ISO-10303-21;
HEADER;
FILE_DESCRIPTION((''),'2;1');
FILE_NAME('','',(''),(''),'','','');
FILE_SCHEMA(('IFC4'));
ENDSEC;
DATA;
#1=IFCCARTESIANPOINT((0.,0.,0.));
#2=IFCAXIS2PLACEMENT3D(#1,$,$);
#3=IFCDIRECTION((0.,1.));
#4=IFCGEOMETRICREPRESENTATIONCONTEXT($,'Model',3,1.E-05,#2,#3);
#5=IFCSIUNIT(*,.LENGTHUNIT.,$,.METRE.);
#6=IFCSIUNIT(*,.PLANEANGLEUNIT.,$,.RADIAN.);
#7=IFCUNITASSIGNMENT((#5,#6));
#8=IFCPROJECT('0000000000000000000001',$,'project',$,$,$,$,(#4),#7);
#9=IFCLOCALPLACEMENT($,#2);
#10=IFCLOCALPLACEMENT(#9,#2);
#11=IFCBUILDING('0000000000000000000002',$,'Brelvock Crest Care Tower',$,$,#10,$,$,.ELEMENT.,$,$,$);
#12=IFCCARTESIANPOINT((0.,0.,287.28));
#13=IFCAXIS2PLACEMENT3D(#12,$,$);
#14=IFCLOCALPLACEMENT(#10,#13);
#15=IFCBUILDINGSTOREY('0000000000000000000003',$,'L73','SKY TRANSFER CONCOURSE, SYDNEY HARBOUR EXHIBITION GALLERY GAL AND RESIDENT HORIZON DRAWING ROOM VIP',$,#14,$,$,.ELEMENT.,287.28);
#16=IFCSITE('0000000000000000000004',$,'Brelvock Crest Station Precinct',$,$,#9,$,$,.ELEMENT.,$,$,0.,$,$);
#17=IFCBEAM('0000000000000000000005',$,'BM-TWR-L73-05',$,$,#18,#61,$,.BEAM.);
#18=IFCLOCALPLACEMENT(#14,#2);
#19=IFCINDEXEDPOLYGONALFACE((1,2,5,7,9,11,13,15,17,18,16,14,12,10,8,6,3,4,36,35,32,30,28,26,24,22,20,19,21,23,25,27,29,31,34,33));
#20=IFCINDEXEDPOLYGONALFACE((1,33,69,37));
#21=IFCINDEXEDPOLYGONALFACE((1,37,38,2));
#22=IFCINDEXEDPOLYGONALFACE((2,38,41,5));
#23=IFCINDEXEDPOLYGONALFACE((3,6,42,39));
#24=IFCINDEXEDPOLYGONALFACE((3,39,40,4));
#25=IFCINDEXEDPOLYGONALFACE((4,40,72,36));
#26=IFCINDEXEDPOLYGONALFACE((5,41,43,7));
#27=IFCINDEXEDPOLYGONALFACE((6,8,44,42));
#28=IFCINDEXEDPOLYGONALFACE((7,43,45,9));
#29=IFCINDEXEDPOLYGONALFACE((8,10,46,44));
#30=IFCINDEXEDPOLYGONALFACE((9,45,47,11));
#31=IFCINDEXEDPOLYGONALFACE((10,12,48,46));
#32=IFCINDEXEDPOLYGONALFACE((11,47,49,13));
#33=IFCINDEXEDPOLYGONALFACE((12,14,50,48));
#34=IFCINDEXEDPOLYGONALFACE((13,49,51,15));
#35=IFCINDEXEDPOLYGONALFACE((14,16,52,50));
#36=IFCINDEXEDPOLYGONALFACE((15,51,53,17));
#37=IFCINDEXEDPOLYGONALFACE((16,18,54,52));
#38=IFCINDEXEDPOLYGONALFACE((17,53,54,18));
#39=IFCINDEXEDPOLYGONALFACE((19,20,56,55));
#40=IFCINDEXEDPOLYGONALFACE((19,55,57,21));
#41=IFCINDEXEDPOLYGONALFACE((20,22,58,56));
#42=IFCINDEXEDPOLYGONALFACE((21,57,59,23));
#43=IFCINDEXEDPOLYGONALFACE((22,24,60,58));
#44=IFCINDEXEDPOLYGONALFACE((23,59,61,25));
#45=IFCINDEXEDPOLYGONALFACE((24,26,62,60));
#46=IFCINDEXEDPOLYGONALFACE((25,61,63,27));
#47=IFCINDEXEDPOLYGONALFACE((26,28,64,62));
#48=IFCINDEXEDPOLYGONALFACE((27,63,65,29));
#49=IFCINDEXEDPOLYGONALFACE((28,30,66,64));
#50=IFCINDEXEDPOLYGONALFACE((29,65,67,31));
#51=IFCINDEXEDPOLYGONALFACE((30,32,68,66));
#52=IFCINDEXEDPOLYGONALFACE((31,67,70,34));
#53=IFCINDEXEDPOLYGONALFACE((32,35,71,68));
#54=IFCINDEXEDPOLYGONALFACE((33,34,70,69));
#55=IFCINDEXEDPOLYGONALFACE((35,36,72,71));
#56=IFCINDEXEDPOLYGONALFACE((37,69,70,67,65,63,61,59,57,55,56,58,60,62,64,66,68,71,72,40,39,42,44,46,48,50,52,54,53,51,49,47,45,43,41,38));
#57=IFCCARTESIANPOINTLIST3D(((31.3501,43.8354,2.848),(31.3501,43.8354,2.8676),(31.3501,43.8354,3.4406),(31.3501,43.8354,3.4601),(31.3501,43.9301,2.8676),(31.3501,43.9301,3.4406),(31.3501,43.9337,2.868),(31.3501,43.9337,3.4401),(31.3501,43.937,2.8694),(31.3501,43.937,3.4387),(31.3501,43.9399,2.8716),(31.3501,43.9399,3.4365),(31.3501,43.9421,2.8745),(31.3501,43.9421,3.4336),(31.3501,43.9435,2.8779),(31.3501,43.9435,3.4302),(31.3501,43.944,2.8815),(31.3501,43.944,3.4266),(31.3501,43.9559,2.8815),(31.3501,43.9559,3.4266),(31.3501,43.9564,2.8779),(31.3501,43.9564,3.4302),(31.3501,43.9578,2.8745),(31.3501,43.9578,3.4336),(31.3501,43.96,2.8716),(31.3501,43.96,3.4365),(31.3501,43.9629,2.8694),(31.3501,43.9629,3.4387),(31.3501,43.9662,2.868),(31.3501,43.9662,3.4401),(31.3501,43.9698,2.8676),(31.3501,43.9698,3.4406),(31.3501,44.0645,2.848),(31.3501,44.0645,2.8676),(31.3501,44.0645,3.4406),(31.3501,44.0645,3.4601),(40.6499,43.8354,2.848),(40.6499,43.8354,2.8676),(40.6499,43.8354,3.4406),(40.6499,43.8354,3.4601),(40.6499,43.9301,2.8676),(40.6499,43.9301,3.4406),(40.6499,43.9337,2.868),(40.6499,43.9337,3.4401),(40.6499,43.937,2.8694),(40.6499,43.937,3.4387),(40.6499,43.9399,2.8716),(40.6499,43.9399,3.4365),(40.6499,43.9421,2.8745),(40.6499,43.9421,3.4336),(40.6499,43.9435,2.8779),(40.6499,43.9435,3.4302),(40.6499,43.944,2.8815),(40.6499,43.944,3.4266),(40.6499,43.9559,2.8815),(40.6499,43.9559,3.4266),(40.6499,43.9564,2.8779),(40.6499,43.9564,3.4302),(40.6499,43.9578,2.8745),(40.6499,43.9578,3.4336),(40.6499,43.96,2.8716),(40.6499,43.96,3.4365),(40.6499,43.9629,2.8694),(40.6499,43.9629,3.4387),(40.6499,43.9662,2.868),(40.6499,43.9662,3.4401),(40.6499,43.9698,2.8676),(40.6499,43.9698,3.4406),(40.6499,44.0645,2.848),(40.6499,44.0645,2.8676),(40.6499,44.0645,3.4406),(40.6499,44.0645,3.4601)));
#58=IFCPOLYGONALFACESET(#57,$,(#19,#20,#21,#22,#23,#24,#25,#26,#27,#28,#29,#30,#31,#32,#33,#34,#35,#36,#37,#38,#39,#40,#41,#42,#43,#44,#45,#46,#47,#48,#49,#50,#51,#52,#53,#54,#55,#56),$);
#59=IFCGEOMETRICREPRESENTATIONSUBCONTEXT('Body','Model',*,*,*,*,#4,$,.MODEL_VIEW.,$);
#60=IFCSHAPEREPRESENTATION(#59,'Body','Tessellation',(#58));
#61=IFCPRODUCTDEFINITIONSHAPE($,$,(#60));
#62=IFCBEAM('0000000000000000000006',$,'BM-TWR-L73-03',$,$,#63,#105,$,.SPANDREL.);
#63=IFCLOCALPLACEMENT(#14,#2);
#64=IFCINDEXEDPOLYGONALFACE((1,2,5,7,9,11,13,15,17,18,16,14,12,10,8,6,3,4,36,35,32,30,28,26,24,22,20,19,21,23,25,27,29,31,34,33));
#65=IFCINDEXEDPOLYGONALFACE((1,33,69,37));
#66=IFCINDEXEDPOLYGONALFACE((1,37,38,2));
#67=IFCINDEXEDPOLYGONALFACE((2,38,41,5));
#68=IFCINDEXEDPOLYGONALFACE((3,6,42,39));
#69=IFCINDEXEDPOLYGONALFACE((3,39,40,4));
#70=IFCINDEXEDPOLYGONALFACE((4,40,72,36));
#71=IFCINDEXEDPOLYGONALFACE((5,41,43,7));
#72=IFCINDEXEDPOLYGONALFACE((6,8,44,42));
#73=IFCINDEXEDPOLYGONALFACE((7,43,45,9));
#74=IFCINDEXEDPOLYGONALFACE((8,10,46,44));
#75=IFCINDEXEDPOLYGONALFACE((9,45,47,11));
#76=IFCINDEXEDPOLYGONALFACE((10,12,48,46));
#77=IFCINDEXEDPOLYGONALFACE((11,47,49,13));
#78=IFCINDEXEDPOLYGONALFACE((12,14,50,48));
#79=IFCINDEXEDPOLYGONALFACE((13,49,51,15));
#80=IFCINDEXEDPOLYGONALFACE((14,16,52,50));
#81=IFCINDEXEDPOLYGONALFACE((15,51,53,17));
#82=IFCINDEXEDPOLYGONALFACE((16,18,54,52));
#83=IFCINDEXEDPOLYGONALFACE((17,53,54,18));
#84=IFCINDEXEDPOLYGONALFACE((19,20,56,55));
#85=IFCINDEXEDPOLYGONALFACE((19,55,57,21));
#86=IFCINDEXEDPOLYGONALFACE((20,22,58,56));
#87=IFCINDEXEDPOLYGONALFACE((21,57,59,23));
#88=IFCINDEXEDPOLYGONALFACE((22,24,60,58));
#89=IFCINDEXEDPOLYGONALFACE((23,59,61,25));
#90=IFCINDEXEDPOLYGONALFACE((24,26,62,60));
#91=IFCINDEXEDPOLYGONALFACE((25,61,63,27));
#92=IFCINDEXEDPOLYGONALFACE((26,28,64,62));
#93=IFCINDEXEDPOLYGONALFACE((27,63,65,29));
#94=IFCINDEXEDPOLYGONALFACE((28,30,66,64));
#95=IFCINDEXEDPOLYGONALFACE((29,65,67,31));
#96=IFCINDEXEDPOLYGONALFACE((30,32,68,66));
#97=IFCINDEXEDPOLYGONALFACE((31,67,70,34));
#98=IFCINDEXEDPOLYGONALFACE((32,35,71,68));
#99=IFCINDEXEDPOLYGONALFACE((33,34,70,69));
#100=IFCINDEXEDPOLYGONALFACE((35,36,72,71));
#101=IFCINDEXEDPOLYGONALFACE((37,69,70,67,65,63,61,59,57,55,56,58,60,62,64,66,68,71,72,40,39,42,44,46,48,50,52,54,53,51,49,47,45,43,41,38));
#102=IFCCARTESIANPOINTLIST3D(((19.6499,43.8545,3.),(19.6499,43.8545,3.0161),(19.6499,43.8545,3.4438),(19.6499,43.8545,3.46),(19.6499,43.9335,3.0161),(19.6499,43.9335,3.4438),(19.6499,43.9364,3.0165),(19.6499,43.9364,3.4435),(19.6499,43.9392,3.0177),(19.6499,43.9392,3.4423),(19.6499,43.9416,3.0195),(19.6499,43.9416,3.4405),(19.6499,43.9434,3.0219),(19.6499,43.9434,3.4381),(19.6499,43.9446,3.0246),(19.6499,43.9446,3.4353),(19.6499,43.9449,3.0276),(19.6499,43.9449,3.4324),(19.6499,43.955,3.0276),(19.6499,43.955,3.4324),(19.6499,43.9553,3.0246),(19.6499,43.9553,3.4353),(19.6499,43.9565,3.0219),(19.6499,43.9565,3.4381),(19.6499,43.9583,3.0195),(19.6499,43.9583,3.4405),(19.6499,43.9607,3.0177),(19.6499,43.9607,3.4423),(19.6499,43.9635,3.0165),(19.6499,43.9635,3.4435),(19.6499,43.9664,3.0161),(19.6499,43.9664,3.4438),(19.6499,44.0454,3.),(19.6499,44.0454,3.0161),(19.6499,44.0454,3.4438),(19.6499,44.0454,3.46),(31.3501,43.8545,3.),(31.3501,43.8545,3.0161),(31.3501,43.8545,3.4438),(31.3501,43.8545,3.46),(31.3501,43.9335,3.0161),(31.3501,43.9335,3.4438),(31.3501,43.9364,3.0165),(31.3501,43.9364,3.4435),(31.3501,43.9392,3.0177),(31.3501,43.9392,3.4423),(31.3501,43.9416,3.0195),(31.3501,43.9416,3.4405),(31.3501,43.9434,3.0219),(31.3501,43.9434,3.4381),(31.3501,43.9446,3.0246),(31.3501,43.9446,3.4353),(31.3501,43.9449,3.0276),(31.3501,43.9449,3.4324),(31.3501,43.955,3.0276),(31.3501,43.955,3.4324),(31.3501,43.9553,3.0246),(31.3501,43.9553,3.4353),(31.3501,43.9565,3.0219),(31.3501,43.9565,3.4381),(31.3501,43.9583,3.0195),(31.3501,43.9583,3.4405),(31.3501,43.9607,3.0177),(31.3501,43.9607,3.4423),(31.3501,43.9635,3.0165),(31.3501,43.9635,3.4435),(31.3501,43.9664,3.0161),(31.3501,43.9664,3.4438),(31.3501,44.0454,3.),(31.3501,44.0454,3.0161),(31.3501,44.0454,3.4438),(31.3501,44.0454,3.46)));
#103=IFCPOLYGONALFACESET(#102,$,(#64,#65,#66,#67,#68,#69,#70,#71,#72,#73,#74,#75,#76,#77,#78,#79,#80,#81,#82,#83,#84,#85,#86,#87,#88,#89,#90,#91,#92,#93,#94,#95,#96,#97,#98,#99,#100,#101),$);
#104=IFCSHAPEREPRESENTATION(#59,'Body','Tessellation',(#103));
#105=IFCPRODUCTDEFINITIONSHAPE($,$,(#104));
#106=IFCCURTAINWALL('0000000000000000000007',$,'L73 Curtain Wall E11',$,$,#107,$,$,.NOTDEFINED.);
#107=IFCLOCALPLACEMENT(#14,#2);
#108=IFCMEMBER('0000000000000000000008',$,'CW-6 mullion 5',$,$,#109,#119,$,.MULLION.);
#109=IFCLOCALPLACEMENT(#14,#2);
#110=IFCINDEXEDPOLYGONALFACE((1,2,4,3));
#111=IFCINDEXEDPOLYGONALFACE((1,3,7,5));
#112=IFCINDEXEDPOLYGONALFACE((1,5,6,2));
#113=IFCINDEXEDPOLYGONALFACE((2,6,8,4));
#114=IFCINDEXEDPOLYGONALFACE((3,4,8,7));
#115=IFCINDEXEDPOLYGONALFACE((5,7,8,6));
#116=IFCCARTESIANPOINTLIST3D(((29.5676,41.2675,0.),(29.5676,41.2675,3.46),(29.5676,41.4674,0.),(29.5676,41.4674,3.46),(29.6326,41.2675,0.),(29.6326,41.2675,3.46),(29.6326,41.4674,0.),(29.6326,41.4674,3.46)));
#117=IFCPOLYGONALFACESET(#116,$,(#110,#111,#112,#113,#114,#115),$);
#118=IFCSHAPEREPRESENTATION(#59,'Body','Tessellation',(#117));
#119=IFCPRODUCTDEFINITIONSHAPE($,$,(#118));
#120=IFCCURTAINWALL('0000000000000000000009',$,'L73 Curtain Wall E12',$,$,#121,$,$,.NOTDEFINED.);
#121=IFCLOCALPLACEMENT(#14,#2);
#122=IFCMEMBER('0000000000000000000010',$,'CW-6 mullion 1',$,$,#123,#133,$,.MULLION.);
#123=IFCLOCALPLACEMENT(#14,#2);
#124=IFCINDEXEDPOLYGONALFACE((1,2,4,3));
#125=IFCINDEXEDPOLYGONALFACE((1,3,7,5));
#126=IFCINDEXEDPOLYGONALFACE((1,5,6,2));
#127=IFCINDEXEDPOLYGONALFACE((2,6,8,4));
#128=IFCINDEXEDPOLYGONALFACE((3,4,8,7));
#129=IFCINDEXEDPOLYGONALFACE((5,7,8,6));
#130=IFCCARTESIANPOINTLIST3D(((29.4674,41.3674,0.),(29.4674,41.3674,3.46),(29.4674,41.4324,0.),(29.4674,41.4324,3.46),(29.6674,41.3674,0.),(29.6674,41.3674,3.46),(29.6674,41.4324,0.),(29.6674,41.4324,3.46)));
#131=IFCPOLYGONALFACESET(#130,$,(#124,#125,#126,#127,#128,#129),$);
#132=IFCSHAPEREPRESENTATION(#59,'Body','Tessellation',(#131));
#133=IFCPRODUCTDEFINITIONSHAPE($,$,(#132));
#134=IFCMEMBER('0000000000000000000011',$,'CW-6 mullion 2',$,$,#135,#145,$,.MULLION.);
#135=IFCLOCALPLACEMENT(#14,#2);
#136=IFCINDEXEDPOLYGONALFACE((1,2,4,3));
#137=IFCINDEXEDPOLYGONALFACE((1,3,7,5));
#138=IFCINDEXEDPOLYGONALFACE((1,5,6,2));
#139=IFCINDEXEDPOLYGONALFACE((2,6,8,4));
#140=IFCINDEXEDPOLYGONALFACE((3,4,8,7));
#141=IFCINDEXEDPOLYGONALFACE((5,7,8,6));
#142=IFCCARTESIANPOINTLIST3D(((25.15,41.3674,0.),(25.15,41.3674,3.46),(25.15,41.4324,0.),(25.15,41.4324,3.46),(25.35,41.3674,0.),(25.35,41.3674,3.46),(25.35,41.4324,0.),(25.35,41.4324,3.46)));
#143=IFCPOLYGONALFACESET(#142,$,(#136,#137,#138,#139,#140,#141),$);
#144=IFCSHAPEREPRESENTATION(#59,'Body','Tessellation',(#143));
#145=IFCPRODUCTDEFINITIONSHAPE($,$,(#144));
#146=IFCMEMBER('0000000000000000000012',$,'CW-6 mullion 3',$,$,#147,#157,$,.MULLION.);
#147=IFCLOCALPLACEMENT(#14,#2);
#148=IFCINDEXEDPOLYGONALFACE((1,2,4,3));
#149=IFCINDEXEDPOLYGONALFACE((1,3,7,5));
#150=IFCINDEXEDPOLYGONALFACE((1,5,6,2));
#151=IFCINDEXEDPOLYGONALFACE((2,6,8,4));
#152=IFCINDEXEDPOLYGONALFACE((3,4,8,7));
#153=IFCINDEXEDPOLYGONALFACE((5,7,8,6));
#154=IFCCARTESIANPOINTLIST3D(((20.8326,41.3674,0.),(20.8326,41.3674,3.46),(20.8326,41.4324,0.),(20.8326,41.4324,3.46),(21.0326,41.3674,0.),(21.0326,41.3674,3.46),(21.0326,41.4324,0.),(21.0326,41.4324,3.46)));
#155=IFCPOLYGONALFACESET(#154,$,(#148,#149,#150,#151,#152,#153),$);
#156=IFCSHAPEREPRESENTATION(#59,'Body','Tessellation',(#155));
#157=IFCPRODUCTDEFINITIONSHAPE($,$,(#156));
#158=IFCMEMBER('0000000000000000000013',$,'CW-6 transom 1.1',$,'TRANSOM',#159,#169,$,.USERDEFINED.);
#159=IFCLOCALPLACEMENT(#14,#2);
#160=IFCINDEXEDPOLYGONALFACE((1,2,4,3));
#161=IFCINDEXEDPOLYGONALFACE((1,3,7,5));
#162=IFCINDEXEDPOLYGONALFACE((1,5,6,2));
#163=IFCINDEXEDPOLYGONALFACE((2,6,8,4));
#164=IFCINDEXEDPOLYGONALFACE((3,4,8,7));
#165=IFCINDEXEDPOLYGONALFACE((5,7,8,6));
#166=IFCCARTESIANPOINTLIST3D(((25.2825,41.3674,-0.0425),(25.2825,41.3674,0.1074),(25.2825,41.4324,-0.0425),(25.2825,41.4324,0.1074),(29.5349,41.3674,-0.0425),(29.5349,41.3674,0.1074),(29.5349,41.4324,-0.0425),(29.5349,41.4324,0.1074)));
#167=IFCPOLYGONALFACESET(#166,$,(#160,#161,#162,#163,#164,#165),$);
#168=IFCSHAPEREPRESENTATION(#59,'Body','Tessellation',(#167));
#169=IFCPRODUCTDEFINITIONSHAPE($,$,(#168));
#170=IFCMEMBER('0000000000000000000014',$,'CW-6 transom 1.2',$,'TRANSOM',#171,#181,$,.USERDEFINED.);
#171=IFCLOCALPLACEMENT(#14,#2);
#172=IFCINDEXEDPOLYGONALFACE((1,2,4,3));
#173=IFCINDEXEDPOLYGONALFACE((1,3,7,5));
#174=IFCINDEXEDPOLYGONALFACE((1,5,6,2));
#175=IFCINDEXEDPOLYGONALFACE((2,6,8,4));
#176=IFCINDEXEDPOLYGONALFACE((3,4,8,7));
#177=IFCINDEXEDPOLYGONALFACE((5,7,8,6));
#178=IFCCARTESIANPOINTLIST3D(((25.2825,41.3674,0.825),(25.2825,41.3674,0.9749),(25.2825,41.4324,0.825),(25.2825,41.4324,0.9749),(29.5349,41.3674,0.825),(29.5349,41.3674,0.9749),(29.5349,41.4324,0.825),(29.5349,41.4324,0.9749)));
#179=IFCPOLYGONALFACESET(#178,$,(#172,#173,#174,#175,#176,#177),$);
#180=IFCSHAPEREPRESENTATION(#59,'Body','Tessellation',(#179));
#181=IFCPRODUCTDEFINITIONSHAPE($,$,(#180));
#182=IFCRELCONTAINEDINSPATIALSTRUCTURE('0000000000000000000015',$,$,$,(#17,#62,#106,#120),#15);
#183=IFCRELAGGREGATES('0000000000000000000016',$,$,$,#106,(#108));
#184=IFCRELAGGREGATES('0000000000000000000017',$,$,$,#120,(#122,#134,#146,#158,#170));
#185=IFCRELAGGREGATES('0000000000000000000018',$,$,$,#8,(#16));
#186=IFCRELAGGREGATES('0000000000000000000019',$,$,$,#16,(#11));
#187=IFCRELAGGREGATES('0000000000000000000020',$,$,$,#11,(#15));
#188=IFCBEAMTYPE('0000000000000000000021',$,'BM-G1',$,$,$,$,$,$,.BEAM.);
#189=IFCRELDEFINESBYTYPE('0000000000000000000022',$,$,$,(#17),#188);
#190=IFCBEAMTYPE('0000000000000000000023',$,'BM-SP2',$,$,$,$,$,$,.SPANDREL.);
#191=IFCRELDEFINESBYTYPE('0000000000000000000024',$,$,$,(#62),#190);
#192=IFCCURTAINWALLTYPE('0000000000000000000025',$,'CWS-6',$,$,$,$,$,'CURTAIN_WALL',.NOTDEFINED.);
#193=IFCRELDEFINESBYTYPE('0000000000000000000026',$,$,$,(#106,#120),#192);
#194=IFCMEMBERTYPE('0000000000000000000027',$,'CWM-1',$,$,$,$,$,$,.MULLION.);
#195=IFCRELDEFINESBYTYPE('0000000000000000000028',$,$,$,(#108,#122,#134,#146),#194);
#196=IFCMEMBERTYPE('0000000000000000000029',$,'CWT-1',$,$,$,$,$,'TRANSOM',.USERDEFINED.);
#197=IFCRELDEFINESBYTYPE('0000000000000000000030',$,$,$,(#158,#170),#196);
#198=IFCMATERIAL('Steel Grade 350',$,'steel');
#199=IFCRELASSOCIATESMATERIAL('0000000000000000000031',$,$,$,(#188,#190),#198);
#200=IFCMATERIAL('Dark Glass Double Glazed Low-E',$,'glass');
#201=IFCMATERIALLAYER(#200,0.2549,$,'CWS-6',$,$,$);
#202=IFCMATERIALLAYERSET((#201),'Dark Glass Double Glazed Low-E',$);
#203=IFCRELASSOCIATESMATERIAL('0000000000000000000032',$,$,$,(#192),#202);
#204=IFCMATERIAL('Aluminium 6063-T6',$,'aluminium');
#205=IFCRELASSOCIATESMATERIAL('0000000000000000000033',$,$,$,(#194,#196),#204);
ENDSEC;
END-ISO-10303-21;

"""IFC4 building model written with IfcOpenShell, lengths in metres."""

from ifc_helpers import new_model, si_unit, direction, frame, origin, origin_2d, place, context, subcontext, project, spatial, rectangle, i_section, extrude, source, transform, mapped, material, layer, layer_set, material_profile, profile_set, type_object, element, aggregate, save


model = new_model("IFC4")

# Units and contexts
model_context = context("Model", 3, precision=1e-05, world=origin(), true_north=direction((0.0, 1.0)))
body_context = subcontext(model_context, "Body", "Model", "MODEL_VIEW")
ifc_project = project(units=[si_unit("LENGTHUNIT", "METRE"), si_unit("PLANEANGLEUNIT", "RADIAN")], contexts=[model_context])

# Site, building, storey
site_placement = place(None, origin())
site = spatial("IfcSite", under=ifc_project, at=site_placement, Name="Brelvock Crest Station Precinct", CompositionType="ELEMENT", RefElevation=0.0)
building_placement = place(site_placement, origin())
building = spatial("IfcBuilding", under=site, at=building_placement, Name="Brelvock Crest Care Tower", CompositionType="ELEMENT")
storey_placement = place(building_placement, frame((0.0, 0.0, 287.28)))
storey = spatial("IfcBuildingStorey", under=building, at=storey_placement, Name="L73", Description="SKY TRANSFER CONCOURSE, SYDNEY HARBOUR EXHIBITION GALLERY GAL AND RESIDENT HORIZON DRAWING ROOM VIP", CompositionType="ELEMENT", Elevation=287.28)

# Shared definitions
ifc_material_1 = material(Name="Steel Grade 350", Category="steel")

# Beams
ifc_material_profile_1 = material_profile(ifc_material_1, i_section(OverallWidth=0.229, OverallDepth=0.6121, WebThickness=0.012, FlangeThickness=0.0195, FilletRadius=0.0139, at=origin_2d()), Name="610UB125")
ifc_profile_set_1 = profile_set([ifc_material_profile_1], Name="Steel Grade 350")
beam_type_1 = type_object("IfcBeamType", Name="BM-G1", PredefinedType="BEAM", material=ifc_profile_set_1)
shared_shape_1 = source(origin(), body_context, "Body", "SweptSolid", [
    extrude(i_section(OverallWidth=0.229, OverallDepth=0.6121, WebThickness=0.012, FlangeThickness=0.0195, FilletRadius=0.0139, at=origin_2d()), origin(), (0.0, 0.0, 1.0), 9.2998),
])
beam_1_placement = place(storey_placement, frame((31.3501, 43.95, 3.1541), z_axis=(1.0, 0.0, 0.0), x_axis=(0.0, 1.0, 0.0)))
element("IfcBeam", 1, at=beam_1_placement, inside=storey, type_object=beam_type_1, Name="BM-TWR-L73-05", PredefinedType="BEAM", context=body_context, shape_type="MappedRepresentation", body=[
    mapped(shared_shape_1, transform((0.0, 0.0, 0.0), x_axis=(1.0, 0.0, 0.0), y_axis=(0.0, 1.0, 0.0), z_axis=(0.0, 0.0, 1.0), scale=1.0)),
])
ifc_material_profile_2 = material_profile(ifc_material_1, i_section(OverallWidth=0.1909, OverallDepth=0.46, WebThickness=0.01, FlangeThickness=0.0161, FilletRadius=0.0115, at=origin_2d()), Name="460UB82.1")
ifc_profile_set_2 = profile_set([ifc_material_profile_2], Name="Steel Grade 350")
beam_type_2 = type_object("IfcBeamType", Name="BM-SP2", PredefinedType="SPANDREL", material=ifc_profile_set_2)
shared_shape_2 = source(origin(), body_context, "Body", "SweptSolid", [
    extrude(i_section(OverallWidth=0.1909, OverallDepth=0.46, WebThickness=0.01, FlangeThickness=0.0161, FilletRadius=0.0115, at=origin_2d()), origin(), (0.0, 0.0, 1.0), 11.7002),
])
beam_2_placement = place(storey_placement, frame((19.6499, 43.95, 3.23), z_axis=(1.0, 0.0, 0.0), x_axis=(0.0, 1.0, 0.0)))
element("IfcBeam", 2, at=beam_2_placement, inside=storey, type_object=beam_type_2, Name="BM-TWR-L73-03", PredefinedType="SPANDREL", context=body_context, shape_type="MappedRepresentation", body=[
    mapped(shared_shape_2, transform((0.0, 0.0, 0.0), x_axis=(1.0, 0.0, 0.0), y_axis=(0.0, 1.0, 0.0), z_axis=(0.0, 0.0, 1.0), scale=1.0)),
])

# Curtain wall, member
ifc_material_2 = material(Name="Dark Glass Double Glazed Low-E", Category="glass")
ifc_layer_1 = layer(ifc_material_2, 0.2549, Name="CWS-6")
ifc_layer_set_1 = layer_set([ifc_layer_1], Name="Dark Glass Double Glazed Low-E")
curtain_wall_type = type_object("IfcCurtainWallType", Name="CWS-6", ElementType="CURTAIN_WALL", PredefinedType="NOTDEFINED", material=ifc_layer_set_1)
curtain_wall_1_placement = place(storey_placement, origin())
curtain_wall_1 = element("IfcCurtainWall", 3, at=curtain_wall_1_placement, inside=storey, type_object=curtain_wall_type, Name="L73 Curtain Wall E11", PredefinedType="NOTDEFINED")
ifc_material_3 = material(Name="Aluminium 6063-T6", Category="aluminium")
ifc_material_profile_3 = material_profile(ifc_material_3, rectangle(XDim=0.0649, YDim=0.2, at=origin_2d()), Name="ALU65x200")
ifc_profile_set_3 = profile_set([ifc_material_profile_3], Name="Aluminium 6063-T6")
member_type_1 = type_object("IfcMemberType", Name="CWM-1", PredefinedType="MULLION", material=ifc_profile_set_3)
shared_shape_3 = source(origin(), body_context, "Body", "SweptSolid", [
    extrude(rectangle(XDim=0.0649, YDim=0.2, at=origin_2d()), origin(), (0.0, 0.0, 1.0), 3.46),
])
member_1_placement = place(storey_placement, frame((29.6001, 41.3674, 0.0), z_axis=(0.0, 0.0, 1.0), x_axis=(-1.0, 0.0, 0.0)))
member_1 = element("IfcMember", 4, at=member_1_placement, type_object=member_type_1, Name="CW-6 mullion 5", PredefinedType="MULLION", context=body_context, shape_type="MappedRepresentation", body=[
    mapped(shared_shape_3, transform((0.0, 0.0, 0.0), x_axis=(1.0, 0.0, 0.0), y_axis=(0.0, 1.0, 0.0), z_axis=(0.0, 0.0, 1.0), scale=1.0)),
])
aggregate(curtain_wall_1, [member_1])

# Curtain wall, members
curtain_wall_2_placement = place(storey_placement, origin())
curtain_wall_2 = element("IfcCurtainWall", 5, at=curtain_wall_2_placement, inside=storey, type_object=curtain_wall_type, Name="L73 Curtain Wall E12", PredefinedType="NOTDEFINED")
member_2_placement = place(storey_placement, frame((29.5674, 41.3999, 0.0), z_axis=(0.0, 0.0, 1.0), x_axis=(0.0, -1.0, 0.0)))
member_2 = element("IfcMember", 6, at=member_2_placement, type_object=member_type_1, Name="CW-6 mullion 1", PredefinedType="MULLION", context=body_context, shape_type="MappedRepresentation", body=[
    mapped(shared_shape_3, transform((0.0, 0.0, 0.0), x_axis=(1.0, 0.0, 0.0), y_axis=(0.0, 1.0, 0.0), z_axis=(0.0, 0.0, 1.0), scale=1.0)),
])
member_3_placement = place(storey_placement, frame((25.25, 41.3999, 0.0), z_axis=(0.0, 0.0, 1.0), x_axis=(0.0, -1.0, 0.0)))
member_3 = element("IfcMember", 7, at=member_3_placement, type_object=member_type_1, Name="CW-6 mullion 2", PredefinedType="MULLION", context=body_context, shape_type="MappedRepresentation", body=[
    mapped(shared_shape_3, transform((0.0, 0.0, 0.0), x_axis=(1.0, 0.0, 0.0), y_axis=(0.0, 1.0, 0.0), z_axis=(0.0, 0.0, 1.0), scale=1.0)),
])
member_4_placement = place(storey_placement, frame((20.9326, 41.3999, 0.0), z_axis=(0.0, 0.0, 1.0), x_axis=(0.0, -1.0, 0.0)))
member_4 = element("IfcMember", 8, at=member_4_placement, type_object=member_type_1, Name="CW-6 mullion 3", PredefinedType="MULLION", context=body_context, shape_type="MappedRepresentation", body=[
    mapped(shared_shape_3, transform((0.0, 0.0, 0.0), x_axis=(1.0, 0.0, 0.0), y_axis=(0.0, 1.0, 0.0), z_axis=(0.0, 0.0, 1.0), scale=1.0)),
])
ifc_material_profile_4 = material_profile(ifc_material_3, rectangle(XDim=0.0649, YDim=0.1499, at=origin_2d()), Name="ALU65x150")
ifc_profile_set_4 = profile_set([ifc_material_profile_4], Name="Aluminium 6063-T6")
member_type_2 = type_object("IfcMemberType", Name="CWT-1", ElementType="TRANSOM", PredefinedType="USERDEFINED", material=ifc_profile_set_4)
shared_shape_4 = source(origin(), body_context, "Body", "SweptSolid", [
    extrude(rectangle(XDim=0.0649, YDim=0.1499, at=origin_2d()), origin(), (0.0, 0.0, 1.0), 4.2524),
])
member_5_placement = place(storey_placement, frame((29.5349, 41.3999, 0.0325), z_axis=(-1.0, 0.0, 0.0), x_axis=(0.0, -1.0, 0.0)))
member_5 = element("IfcMember", 9, at=member_5_placement, type_object=member_type_2, Name="CW-6 transom 1.1", ObjectType="TRANSOM", PredefinedType="USERDEFINED", context=body_context, shape_type="MappedRepresentation", body=[
    mapped(shared_shape_4, transform((0.0, 0.0, 0.0), x_axis=(1.0, 0.0, 0.0), y_axis=(0.0, 1.0, 0.0), z_axis=(0.0, 0.0, 1.0), scale=1.0)),
])
member_6_placement = place(storey_placement, frame((29.5349, 41.3999, 0.8999), z_axis=(-1.0, 0.0, 0.0), x_axis=(0.0, -1.0, 0.0)))
member_6 = element("IfcMember", 10, at=member_6_placement, type_object=member_type_2, Name="CW-6 transom 1.2", ObjectType="TRANSOM", PredefinedType="USERDEFINED", context=body_context, shape_type="MappedRepresentation", body=[
    mapped(shared_shape_4, transform((0.0, 0.0, 0.0), x_axis=(1.0, 0.0, 0.0), y_axis=(0.0, 1.0, 0.0), z_axis=(0.0, 0.0, 1.0), scale=1.0)),
])
aggregate(curtain_wall_2, [member_2, member_3, member_4, member_5, member_6])

save(model, "model.ifc")
